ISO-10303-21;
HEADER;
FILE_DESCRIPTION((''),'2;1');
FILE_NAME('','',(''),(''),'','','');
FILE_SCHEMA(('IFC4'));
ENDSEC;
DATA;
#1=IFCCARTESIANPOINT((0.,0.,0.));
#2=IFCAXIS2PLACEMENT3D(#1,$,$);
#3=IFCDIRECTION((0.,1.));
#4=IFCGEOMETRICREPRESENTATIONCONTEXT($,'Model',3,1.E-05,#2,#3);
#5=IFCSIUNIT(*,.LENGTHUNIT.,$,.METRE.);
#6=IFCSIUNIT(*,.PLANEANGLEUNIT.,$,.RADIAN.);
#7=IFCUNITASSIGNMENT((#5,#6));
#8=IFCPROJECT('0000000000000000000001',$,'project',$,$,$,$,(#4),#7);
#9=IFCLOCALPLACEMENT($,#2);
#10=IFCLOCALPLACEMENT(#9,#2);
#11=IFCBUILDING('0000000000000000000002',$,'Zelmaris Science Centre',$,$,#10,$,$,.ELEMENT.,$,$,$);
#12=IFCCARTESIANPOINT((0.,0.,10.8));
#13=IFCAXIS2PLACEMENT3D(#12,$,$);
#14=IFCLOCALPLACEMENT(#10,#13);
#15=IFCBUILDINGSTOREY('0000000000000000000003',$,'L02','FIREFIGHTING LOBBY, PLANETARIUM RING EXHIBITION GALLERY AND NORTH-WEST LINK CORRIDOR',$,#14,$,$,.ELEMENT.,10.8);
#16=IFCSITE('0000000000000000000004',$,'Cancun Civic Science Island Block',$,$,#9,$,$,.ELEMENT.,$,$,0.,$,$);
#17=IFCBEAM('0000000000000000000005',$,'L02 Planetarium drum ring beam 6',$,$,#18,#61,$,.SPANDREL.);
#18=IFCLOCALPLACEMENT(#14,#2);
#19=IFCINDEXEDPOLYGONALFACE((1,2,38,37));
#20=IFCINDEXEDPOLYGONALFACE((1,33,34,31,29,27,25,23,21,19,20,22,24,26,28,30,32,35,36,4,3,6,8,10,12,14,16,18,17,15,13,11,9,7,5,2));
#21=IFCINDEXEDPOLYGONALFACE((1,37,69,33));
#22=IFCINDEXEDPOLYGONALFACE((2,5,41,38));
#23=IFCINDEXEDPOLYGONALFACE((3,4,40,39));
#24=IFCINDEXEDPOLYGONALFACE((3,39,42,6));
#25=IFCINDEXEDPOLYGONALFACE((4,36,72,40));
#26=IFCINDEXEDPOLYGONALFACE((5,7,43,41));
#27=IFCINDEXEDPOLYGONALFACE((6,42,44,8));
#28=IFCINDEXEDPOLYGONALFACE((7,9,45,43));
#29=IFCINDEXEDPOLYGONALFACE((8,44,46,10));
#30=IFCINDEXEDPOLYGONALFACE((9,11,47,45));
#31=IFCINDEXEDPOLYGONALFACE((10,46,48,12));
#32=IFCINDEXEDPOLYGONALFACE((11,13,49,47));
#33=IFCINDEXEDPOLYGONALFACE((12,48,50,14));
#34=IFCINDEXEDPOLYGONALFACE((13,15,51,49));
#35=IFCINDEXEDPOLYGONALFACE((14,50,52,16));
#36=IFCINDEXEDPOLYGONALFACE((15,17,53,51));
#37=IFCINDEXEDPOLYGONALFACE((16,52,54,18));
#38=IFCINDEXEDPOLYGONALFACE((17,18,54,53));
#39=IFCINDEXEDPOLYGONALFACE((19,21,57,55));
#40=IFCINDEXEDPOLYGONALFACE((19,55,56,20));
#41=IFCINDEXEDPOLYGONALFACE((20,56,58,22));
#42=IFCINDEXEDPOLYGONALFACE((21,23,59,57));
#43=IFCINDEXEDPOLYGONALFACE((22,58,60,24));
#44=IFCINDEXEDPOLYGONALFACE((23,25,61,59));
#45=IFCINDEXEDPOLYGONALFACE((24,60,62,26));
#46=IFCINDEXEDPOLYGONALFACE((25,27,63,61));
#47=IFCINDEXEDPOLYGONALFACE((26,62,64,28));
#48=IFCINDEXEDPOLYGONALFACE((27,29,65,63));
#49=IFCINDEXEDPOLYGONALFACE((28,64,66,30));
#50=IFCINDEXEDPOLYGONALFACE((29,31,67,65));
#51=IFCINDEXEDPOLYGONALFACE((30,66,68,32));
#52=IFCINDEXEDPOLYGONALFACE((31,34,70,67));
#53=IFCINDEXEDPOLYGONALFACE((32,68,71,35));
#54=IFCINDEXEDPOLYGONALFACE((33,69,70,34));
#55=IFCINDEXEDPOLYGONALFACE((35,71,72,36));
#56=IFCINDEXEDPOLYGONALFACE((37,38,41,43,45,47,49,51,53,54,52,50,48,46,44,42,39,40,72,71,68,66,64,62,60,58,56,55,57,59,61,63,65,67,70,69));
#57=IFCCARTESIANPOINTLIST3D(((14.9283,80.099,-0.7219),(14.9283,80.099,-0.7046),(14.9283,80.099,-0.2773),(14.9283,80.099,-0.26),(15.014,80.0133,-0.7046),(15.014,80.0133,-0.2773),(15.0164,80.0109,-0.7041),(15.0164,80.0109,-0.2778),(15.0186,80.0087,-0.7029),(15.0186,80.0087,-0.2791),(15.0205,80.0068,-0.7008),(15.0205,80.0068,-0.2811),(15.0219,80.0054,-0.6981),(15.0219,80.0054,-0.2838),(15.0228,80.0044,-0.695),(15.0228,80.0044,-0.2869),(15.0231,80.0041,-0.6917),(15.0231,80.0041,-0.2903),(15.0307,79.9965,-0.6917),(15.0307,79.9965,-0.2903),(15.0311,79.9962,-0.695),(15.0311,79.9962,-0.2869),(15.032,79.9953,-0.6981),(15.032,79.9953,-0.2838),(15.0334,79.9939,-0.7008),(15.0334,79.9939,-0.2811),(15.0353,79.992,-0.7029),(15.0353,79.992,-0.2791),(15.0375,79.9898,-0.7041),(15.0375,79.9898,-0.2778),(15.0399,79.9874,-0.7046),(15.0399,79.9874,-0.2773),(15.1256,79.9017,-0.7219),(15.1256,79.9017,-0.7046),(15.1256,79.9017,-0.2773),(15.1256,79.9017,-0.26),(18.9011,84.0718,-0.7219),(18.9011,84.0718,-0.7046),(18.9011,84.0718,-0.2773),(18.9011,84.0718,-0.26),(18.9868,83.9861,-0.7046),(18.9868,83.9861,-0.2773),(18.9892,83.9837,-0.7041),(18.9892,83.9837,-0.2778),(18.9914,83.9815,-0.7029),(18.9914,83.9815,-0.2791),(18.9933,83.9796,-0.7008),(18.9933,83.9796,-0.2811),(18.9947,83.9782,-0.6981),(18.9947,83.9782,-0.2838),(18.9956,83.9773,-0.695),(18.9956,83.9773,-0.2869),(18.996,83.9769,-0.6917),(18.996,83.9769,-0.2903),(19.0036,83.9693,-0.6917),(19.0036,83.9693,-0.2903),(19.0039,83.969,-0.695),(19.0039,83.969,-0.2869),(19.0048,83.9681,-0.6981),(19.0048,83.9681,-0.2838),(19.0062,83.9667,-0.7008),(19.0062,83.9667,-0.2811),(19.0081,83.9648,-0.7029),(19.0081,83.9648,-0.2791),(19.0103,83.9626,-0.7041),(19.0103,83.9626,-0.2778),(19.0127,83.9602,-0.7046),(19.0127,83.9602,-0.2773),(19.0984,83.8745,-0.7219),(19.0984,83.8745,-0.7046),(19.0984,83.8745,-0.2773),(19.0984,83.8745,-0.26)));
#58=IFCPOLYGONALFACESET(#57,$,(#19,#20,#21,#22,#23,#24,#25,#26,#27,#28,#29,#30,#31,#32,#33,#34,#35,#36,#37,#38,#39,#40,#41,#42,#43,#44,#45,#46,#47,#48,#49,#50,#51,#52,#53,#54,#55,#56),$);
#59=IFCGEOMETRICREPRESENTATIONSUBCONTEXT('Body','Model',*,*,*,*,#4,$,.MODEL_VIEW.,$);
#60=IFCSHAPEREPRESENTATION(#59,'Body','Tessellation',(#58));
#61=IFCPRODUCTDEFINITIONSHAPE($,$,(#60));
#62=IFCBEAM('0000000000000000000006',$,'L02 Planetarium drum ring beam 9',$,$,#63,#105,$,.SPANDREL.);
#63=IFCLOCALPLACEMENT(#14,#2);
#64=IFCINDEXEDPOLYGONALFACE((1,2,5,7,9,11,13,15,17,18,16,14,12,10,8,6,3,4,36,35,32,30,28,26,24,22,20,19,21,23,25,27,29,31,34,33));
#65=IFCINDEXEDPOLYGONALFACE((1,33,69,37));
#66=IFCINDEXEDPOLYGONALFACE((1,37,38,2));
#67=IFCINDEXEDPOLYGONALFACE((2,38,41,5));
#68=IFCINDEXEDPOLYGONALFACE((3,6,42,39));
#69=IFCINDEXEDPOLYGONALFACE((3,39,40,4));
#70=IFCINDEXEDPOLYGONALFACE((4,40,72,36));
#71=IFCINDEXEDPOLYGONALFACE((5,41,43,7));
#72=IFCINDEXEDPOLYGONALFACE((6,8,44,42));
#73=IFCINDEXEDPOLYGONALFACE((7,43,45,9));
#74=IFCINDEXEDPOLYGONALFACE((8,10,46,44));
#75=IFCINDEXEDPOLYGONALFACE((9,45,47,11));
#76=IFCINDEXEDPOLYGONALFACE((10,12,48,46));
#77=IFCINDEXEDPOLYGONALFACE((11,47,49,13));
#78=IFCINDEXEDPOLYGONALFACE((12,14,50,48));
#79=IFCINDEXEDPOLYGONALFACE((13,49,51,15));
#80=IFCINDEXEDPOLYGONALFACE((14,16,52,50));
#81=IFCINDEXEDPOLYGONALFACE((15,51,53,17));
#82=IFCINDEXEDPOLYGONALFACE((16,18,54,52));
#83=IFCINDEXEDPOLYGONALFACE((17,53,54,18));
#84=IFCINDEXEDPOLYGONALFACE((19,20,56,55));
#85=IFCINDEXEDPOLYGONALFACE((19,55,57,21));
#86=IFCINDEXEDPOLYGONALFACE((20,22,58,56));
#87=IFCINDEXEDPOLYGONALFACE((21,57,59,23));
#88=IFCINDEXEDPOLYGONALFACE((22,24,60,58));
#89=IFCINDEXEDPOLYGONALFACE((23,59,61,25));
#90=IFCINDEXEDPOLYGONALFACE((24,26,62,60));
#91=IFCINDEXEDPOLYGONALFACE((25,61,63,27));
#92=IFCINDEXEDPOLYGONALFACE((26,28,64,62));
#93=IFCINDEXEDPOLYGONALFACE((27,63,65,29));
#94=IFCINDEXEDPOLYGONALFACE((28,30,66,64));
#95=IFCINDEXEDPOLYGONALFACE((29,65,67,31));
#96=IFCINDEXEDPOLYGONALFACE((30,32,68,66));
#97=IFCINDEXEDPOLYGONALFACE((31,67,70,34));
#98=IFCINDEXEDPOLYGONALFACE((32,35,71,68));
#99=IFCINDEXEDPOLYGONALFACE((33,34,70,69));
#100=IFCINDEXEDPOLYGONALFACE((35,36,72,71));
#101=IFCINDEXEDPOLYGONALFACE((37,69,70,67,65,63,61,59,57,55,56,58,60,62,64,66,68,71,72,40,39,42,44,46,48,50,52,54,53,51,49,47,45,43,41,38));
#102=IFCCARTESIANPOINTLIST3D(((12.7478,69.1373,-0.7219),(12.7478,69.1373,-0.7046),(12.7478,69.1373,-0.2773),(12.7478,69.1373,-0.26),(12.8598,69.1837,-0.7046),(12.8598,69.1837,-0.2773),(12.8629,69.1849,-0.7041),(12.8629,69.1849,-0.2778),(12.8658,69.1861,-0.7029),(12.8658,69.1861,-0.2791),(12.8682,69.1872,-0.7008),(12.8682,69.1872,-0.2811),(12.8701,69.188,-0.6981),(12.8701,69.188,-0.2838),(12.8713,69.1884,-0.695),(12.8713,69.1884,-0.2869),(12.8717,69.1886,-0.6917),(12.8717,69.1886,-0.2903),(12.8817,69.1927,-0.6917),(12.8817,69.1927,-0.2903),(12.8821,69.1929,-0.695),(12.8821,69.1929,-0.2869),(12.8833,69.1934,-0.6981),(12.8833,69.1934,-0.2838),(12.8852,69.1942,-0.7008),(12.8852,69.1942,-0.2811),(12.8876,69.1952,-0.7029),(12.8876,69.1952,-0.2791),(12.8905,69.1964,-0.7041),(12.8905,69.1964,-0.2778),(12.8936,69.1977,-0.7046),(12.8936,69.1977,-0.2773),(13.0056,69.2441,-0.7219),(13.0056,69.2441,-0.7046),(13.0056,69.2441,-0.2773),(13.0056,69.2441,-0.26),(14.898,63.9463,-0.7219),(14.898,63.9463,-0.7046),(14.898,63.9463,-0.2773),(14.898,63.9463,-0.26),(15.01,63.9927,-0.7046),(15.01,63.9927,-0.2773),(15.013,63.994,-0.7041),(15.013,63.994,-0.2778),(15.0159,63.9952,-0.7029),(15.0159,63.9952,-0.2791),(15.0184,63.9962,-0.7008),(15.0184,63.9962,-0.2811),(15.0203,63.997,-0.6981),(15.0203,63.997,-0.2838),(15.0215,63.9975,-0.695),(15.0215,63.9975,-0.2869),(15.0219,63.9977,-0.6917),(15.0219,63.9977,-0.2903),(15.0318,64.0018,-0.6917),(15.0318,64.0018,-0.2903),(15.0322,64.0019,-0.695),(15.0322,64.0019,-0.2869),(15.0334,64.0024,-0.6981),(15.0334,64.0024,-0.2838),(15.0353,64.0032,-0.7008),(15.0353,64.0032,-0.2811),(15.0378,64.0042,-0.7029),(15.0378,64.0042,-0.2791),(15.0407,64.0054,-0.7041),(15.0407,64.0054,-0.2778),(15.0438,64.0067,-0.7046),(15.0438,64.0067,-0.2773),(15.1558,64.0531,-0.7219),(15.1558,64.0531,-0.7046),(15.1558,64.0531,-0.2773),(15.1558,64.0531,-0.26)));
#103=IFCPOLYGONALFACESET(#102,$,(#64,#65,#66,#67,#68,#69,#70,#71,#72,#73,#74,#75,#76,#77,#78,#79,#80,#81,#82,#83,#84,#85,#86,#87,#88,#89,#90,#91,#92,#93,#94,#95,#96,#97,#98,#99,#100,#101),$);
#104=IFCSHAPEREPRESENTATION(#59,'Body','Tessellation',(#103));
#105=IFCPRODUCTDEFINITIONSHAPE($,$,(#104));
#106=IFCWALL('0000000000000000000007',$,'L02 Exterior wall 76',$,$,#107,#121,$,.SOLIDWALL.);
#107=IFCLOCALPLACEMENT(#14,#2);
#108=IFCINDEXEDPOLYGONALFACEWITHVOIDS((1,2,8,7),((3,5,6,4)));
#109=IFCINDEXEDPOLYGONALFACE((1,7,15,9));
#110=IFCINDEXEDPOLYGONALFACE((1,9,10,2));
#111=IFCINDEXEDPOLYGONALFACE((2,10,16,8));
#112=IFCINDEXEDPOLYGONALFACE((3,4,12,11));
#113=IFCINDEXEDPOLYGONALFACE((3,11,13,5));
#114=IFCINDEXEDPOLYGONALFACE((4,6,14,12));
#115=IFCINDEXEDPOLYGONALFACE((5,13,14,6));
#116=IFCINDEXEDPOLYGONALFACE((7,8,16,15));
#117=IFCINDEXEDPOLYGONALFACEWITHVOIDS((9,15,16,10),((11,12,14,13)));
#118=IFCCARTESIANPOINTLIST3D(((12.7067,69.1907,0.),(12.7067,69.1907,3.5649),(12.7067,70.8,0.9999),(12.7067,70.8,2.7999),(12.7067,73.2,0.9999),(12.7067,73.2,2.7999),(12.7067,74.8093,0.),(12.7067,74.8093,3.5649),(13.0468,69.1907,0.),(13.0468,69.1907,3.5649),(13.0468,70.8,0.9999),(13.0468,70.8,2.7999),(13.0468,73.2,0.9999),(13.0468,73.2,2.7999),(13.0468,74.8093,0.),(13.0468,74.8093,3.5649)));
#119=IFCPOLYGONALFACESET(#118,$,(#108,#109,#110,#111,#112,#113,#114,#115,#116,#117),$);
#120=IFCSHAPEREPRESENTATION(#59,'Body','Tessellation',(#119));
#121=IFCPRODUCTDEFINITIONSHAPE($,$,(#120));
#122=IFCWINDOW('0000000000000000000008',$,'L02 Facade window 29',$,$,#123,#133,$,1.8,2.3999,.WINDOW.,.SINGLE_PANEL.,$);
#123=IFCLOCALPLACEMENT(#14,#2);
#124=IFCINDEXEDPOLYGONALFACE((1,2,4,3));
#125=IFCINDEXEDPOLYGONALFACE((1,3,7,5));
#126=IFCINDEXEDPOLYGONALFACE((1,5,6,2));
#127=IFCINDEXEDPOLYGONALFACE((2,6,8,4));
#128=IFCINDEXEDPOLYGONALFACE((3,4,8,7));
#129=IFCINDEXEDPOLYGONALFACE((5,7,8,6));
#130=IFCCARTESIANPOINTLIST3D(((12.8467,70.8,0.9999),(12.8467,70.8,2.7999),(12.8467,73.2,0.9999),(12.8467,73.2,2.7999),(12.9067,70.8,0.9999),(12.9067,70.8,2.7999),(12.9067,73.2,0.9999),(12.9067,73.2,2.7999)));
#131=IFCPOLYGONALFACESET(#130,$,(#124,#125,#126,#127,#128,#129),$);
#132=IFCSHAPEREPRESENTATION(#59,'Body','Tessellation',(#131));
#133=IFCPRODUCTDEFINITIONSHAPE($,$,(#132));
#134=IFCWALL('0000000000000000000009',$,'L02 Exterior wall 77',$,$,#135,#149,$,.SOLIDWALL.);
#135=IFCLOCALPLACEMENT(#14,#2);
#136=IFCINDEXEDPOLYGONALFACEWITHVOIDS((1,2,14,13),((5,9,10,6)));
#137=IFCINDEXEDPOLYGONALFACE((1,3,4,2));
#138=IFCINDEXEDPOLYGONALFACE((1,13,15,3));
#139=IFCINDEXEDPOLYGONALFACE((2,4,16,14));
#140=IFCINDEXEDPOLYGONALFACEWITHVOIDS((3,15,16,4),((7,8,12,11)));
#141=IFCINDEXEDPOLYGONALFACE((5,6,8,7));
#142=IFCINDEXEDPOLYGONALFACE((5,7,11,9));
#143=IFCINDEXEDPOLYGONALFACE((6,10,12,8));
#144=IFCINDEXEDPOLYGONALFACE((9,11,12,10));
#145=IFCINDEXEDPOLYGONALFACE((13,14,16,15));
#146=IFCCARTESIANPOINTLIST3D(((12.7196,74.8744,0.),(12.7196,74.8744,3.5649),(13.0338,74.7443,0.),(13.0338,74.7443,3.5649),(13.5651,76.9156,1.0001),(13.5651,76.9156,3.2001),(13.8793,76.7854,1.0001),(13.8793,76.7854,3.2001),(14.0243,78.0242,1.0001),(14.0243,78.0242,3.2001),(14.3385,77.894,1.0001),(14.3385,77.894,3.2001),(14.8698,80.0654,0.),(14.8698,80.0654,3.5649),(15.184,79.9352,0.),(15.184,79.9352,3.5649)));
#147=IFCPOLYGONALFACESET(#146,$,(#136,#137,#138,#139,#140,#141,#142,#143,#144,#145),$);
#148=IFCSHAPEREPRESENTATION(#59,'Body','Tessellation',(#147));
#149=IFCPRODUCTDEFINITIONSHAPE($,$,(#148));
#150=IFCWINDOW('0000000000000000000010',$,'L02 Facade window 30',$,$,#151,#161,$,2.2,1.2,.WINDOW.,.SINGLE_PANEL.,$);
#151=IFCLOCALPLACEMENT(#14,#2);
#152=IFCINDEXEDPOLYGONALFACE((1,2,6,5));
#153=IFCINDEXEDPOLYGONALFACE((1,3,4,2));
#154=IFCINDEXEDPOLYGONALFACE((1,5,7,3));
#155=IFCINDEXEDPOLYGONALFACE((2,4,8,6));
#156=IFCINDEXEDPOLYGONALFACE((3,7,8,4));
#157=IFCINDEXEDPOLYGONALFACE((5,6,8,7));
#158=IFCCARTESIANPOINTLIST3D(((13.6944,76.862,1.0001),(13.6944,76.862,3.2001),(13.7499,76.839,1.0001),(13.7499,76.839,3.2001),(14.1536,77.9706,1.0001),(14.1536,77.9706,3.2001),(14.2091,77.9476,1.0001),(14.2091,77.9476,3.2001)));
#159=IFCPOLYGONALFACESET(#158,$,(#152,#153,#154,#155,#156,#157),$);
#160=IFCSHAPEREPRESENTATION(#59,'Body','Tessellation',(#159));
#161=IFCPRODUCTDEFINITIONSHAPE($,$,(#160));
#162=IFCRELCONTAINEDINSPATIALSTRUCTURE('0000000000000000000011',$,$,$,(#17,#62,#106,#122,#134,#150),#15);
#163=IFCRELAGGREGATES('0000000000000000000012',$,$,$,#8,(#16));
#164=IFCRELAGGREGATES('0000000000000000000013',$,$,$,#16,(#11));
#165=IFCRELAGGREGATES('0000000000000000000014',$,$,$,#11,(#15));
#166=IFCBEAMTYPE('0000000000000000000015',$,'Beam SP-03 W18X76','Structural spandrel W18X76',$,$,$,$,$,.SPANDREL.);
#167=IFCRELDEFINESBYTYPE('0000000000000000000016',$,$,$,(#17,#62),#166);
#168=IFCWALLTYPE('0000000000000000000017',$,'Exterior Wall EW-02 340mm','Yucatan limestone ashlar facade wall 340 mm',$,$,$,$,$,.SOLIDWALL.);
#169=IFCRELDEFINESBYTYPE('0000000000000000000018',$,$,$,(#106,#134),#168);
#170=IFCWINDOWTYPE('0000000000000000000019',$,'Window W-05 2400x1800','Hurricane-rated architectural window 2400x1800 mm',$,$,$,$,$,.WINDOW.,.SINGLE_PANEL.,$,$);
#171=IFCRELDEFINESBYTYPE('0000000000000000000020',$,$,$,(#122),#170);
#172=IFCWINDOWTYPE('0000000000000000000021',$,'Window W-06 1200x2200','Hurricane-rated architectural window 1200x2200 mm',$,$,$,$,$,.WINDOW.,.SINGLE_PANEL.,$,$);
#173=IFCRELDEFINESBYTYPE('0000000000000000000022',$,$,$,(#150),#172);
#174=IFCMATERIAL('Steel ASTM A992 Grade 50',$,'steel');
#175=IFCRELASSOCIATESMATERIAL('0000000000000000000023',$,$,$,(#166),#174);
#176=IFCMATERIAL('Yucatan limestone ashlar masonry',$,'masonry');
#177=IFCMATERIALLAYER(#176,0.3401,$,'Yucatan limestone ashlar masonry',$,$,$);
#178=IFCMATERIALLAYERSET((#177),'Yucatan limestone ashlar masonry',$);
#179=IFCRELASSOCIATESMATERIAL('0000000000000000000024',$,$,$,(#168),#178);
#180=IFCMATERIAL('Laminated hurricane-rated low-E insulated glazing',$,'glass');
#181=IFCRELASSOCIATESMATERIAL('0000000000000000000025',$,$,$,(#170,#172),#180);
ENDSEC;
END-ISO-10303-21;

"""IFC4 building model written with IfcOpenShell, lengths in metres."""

from ifc_helpers import new_model, si_unit, direction, frame, frame_2d, origin, origin_2d, place, context, subcontext, project, spatial, rectangle, i_section, extrude, material, layer, layer_set, material_profile, profile_set, type_object, element, fill, save


model = new_model("IFC4")

# Units and contexts
model_context = context("Model", 3, precision=1e-05, world=origin(), true_north=direction((0.0, 1.0)))
body_context = subcontext(model_context, "Body", "Model", "MODEL_VIEW")
ifc_project = project(units=[si_unit("LENGTHUNIT", "METRE"), si_unit("PLANEANGLEUNIT", "RADIAN")], contexts=[model_context])

# Site, building, storey
site_placement = place(None, origin())
site = spatial("IfcSite", under=ifc_project, at=site_placement, Name="Cancun Civic Science Island Block", CompositionType="ELEMENT", RefElevation=0.0)
building_placement = place(site_placement, origin())
building = spatial("IfcBuilding", under=site, at=building_placement, Name="Zelmaris Science Centre", CompositionType="ELEMENT")
storey_placement = place(building_placement, frame((0.0, 0.0, 10.8)))
storey = spatial("IfcBuildingStorey", under=building, at=storey_placement, Name="L02", Description="FIREFIGHTING LOBBY, PLANETARIUM RING EXHIBITION GALLERY AND NORTH-WEST LINK CORRIDOR", CompositionType="ELEMENT", Elevation=10.8)

# Beams
ifc_material_1 = material(Name="Steel ASTM A992 Grade 50", Category="steel")
ifc_material_profile_1 = material_profile(ifc_material_1, i_section(OverallWidth=0.2791, OverallDepth=0.4619, WebThickness=0.0107, FlangeThickness=0.0173, FilletRadius=0.0129, at=origin_2d()), Name="W18X76")
ifc_profile_set_1 = profile_set([ifc_material_profile_1], Name="Steel ASTM A992 Grade 50")
beam_type_1 = type_object("IfcBeamType", Name="Beam SP-03 W18X76", Description="Structural spandrel W18X76", PredefinedType="SPANDREL", material=ifc_profile_set_1)
beam_1_placement = place(storey_placement, frame((18.9998, 83.9731, -0.491), z_axis=(-0.707107, -0.707107, 0.0), x_axis=(0.707107, -0.707107, 0.0)))
element("IfcBeam", 1, at=beam_1_placement, inside=storey, type_object=beam_type_1, Name="L02 Planetarium drum ring beam 6", PredefinedType="SPANDREL", context=body_context, shape_type="SweptSolid", body=[
    extrude(i_section(OverallWidth=0.2791, OverallDepth=0.4619, WebThickness=0.0107, FlangeThickness=0.0173, FilletRadius=0.0129, at=origin_2d()), origin(), (0.0, 0.0, 1.0), 5.6184),
])
beam_2_placement = place(storey_placement, frame((12.8767, 69.1907, -0.491), z_axis=(0.382683, -0.92388, 0.0), x_axis=(0.92388, 0.382683, 0.0)))
element("IfcBeam", 2, at=beam_2_placement, inside=storey, type_object=beam_type_1, Name="L02 Planetarium drum ring beam 9", PredefinedType="SPANDREL", context=body_context, shape_type="SweptSolid", body=[
    extrude(i_section(OverallWidth=0.2791, OverallDepth=0.4619, WebThickness=0.0107, FlangeThickness=0.0173, FilletRadius=0.0129, at=origin_2d()), origin(), (0.0, 0.0, 1.0), 5.6187),
])

# Walls, openings, windows
ifc_material_2 = material(Name="Yucatan limestone ashlar masonry", Category="masonry")
ifc_layer = layer(ifc_material_2, 0.3401, Name="Yucatan limestone ashlar masonry")
ifc_layer_set = layer_set([ifc_layer], Name="Yucatan limestone ashlar masonry")
wall_type = type_object("IfcWallType", Name="Exterior Wall EW-02 340mm", Description="Yucatan limestone ashlar facade wall 340 mm", PredefinedType="SOLIDWALL", material=ifc_layer_set)
wall_1_placement = place(storey_placement, frame((12.8767, 69.1907, 0.0), z_axis=(0.0, 0.0, 1.0), x_axis=(0.0, 1.0, 0.0)))
wall_1 = element("IfcWall", 3, at=wall_1_placement, inside=storey, type_object=wall_type, Name="L02 Exterior wall 76", PredefinedType="SOLIDWALL", context=body_context, shape_type="SweptSolid", body=[
    extrude(rectangle(XDim=5.6187, YDim=0.3401, at=frame_2d((2.8093, 0.0))), origin(), (0.0, 0.0, 1.0), 3.5649),
])
opening_1_placement = place(wall_1_placement, frame((1.6094, 0.0, 1.0)))
opening_1 = element("IfcOpeningElement", 4, at=opening_1_placement, cuts=wall_1, PredefinedType="OPENING", context=body_context, shape_type="SweptSolid", body=[
    extrude(rectangle(XDim=2.3999, YDim=1.8, at=frame_2d((1.2, 0.8999))), frame((0.0, 0.1799, 0.0), z_axis=(0.0, -1.0, 0.0), x_axis=(1.0, 0.0, 0.0)), (0.0, 0.0, 1.0), 0.3601),
])
ifc_material_3 = material(Name="Laminated hurricane-rated low-E insulated glazing", Category="glass")
window_type_1 = type_object("IfcWindowType", Name="Window W-05 2400x1800", Description="Hurricane-rated architectural window 2400x1800 mm", PartitioningType="SINGLE_PANEL", PredefinedType="WINDOW", material=ifc_material_3)
window_1_placement = place(opening_1_placement, origin())
window_1 = element("IfcWindow", 5, at=window_1_placement, inside=storey, type_object=window_type_1, Name="L02 Facade window 29", OverallHeight=1.8, OverallWidth=2.3999, PartitioningType="SINGLE_PANEL", PredefinedType="WINDOW", context=body_context, shape_type="SweptSolid", body=[
    extrude(rectangle(XDim=2.3999, YDim=1.8, at=frame_2d((1.2, 0.8999))), frame((0.0, 0.03, 0.0), z_axis=(0.0, -1.0, 0.0), x_axis=(1.0, 0.0, 0.0)), (0.0, 0.0, 1.0), 0.0601),
])
fill(opening_1, window_1)
wall_2_placement = place(storey_placement, frame((12.8767, 74.8093, 0.0), z_axis=(0.0, 0.0, 1.0), x_axis=(0.382683, 0.92388, 0.0)))
wall_2 = element("IfcWall", 6, at=wall_2_placement, inside=storey, type_object=wall_type, Name="L02 Exterior wall 77", PredefinedType="SOLIDWALL", context=body_context, shape_type="SweptSolid", body=[
    extrude(rectangle(XDim=5.6187, YDim=0.3401, at=frame_2d((2.8093, 0.0))), origin(), (0.0, 0.0, 1.0), 3.5649),
])
opening_2_placement = place(wall_2_placement, frame((2.2092, 0.0, 1.0)))
opening_2 = element("IfcOpeningElement", 7, at=opening_2_placement, cuts=wall_2, PredefinedType="OPENING", context=body_context, shape_type="SweptSolid", body=[
    extrude(rectangle(XDim=1.2, YDim=2.2, at=frame_2d((0.6001, 1.1001))), frame((0.0, 0.1799, 0.0), z_axis=(0.0, -1.0, 0.0), x_axis=(1.0, 0.0, 0.0)), (0.0, 0.0, 1.0), 0.3601),
])
window_type_2 = type_object("IfcWindowType", Name="Window W-06 1200x2200", Description="Hurricane-rated architectural window 1200x2200 mm", PartitioningType="SINGLE_PANEL", PredefinedType="WINDOW", material=ifc_material_3)
window_2_placement = place(opening_2_placement, origin())
window_2 = element("IfcWindow", 8, at=window_2_placement, inside=storey, type_object=window_type_2, Name="L02 Facade window 30", OverallHeight=2.2, OverallWidth=1.2, PartitioningType="SINGLE_PANEL", PredefinedType="WINDOW", context=body_context, shape_type="SweptSolid", body=[
    extrude(rectangle(XDim=1.2, YDim=2.2, at=frame_2d((0.6001, 1.1001))), frame((0.0, 0.03, 0.0), z_axis=(0.0, -1.0, 0.0), x_axis=(1.0, 0.0, 0.0)), (0.0, 0.0, 1.0), 0.0601),
])
fill(opening_2, window_2)

save(model, "model.ifc")
